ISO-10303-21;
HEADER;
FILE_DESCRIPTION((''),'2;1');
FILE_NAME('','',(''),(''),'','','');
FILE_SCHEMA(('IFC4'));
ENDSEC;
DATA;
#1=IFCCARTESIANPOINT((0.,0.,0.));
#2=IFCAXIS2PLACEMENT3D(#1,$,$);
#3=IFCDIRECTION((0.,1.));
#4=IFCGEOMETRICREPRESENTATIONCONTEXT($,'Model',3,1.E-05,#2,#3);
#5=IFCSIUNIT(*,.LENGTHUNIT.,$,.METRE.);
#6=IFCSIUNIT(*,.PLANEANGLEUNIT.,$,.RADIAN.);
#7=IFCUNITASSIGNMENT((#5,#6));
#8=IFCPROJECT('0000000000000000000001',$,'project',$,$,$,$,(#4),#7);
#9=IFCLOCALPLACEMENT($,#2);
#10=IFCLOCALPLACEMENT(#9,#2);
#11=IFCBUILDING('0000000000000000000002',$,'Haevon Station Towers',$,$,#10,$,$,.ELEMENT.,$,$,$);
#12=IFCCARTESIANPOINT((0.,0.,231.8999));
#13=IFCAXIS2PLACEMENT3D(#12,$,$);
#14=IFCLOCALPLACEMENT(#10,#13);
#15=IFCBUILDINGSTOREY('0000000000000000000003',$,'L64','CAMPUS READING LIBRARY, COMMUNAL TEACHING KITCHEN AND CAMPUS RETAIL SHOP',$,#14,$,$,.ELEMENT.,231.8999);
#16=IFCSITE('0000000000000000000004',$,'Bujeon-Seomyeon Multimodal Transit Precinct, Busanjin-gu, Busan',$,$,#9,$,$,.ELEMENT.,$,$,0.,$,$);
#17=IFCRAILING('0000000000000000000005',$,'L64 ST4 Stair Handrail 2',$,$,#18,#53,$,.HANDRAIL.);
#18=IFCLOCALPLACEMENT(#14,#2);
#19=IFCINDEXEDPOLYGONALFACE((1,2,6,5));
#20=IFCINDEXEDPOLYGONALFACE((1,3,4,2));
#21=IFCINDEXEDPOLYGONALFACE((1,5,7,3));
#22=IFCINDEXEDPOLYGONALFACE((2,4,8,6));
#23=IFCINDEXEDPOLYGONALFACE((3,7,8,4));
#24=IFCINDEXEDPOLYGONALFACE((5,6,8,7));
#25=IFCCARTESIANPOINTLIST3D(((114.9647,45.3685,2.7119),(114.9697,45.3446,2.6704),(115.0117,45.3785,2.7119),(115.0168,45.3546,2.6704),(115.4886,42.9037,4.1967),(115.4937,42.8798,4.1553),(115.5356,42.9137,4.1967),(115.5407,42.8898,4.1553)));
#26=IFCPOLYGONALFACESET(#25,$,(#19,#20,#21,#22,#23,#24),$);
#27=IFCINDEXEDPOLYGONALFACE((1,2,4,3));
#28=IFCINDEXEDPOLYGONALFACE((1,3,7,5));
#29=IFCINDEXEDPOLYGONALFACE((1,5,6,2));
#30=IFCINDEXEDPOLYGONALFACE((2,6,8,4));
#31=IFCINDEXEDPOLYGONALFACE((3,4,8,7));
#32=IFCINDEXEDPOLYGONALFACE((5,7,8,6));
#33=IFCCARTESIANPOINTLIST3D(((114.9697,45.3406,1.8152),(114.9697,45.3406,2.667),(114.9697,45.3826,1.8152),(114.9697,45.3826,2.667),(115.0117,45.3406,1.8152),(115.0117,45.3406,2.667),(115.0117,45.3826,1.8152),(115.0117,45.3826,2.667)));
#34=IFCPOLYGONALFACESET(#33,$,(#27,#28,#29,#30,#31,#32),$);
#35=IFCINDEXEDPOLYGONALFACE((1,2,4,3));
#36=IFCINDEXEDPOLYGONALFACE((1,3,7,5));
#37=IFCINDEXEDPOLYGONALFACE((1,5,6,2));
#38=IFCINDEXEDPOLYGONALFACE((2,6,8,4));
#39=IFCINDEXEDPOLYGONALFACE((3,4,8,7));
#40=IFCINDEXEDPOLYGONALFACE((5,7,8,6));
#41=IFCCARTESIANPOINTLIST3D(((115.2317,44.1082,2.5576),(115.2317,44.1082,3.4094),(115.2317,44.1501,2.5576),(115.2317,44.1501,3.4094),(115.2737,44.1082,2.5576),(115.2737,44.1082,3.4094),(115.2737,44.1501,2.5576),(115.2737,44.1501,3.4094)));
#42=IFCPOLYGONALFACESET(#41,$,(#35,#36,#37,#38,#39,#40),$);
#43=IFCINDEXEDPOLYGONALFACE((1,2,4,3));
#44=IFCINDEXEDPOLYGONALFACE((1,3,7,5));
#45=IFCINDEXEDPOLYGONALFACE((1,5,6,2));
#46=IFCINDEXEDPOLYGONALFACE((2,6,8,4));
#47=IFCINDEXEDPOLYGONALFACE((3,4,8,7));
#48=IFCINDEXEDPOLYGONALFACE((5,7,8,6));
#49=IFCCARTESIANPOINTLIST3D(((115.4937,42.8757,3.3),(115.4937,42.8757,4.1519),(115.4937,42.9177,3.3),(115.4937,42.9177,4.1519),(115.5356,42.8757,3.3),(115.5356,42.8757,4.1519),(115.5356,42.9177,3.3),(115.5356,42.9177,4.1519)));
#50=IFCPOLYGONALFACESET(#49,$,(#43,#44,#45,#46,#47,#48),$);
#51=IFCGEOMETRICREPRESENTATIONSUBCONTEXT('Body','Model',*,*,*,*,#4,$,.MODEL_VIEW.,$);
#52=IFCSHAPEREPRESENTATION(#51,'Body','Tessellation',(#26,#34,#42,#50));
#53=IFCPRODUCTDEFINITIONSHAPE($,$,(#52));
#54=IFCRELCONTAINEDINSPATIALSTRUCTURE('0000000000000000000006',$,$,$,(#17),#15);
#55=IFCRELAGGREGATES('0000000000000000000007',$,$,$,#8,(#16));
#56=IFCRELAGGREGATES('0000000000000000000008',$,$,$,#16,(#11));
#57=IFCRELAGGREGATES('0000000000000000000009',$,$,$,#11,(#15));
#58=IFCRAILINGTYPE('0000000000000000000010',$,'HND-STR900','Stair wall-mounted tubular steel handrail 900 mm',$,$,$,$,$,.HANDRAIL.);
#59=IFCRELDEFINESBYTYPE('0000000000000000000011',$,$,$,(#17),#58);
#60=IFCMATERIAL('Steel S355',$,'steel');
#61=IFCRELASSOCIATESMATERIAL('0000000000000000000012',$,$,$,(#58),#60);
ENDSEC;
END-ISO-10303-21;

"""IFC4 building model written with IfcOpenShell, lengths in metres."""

from ifc_helpers import new_model, si_unit, direction, frame, origin, origin_2d, place, context, subcontext, project, spatial, rectangle, extrude, material, type_object, element, save


model = new_model("IFC4")

# Units and contexts
model_context = context("Model", 3, precision=1e-05, world=origin(), true_north=direction((0.0, 1.0)))
body_context = subcontext(model_context, "Body", "Model", "MODEL_VIEW")
ifc_project = project(units=[si_unit("LENGTHUNIT", "METRE"), si_unit("PLANEANGLEUNIT", "RADIAN")], contexts=[model_context])

# Site, building, storey
site_placement = place(None, origin())
site = spatial("IfcSite", under=ifc_project, at=site_placement, Name="Bujeon-Seomyeon Multimodal Transit Precinct, Busanjin-gu, Busan", CompositionType="ELEMENT", RefElevation=0.0)
building_placement = place(site_placement, origin())
building = spatial("IfcBuilding", under=site, at=building_placement, Name="Haevon Station Towers", CompositionType="ELEMENT")
storey_placement = place(building_placement, frame((0.0, 0.0, 231.8999)))
storey = spatial("IfcBuildingStorey", under=building, at=storey_placement, Name="L64", Description="CAMPUS READING LIBRARY, COMMUNAL TEACHING KITCHEN AND CAMPUS RETAIL SHOP", CompositionType="ELEMENT", Elevation=231.8999)

# Shared definitions
ifc_material_1 = material(Name="Steel S355", Category="steel")

# Railing
railing_type_1 = type_object("IfcRailingType", Name="HND-STR900", Description="Stair wall-mounted tubular steel handrail 900 mm", PredefinedType="HANDRAIL", material=ifc_material_1)
railing_1_placement = place(storey_placement, frame((114.9907, 45.3616, 1.8152)))
element("IfcRailing", 1, at=railing_1_placement, inside=storey, type_object=railing_type_1, Name="L64 ST4 Stair Handrail 2", PredefinedType="HANDRAIL", context=body_context, shape_type="SweptSolid", body=[
    extrude(rectangle(XDim=0.0481, YDim=0.0481, at=origin_2d()), frame((0.0, 0.0, 0.876), z_axis=(0.179129, -0.842724, 0.507671), x_axis=(0.978147, 0.207914, 0.0)), (0.0, 0.0, 1.0), 2.9248),
    extrude(rectangle(XDim=0.042, YDim=0.042, at=origin_2d()), origin(), (0.0, 0.0, 1.0), 0.8518),
    extrude(rectangle(XDim=0.042, YDim=0.042, at=origin_2d()), frame((0.262, -1.2324, 0.7424)), (0.0, 0.0, 1.0), 0.8518),
    extrude(rectangle(XDim=0.042, YDim=0.042, at=origin_2d()), frame((0.5239, -2.4648, 1.4849)), (0.0, 0.0, 1.0), 0.8518),
])

save(model, "model.ifc")
